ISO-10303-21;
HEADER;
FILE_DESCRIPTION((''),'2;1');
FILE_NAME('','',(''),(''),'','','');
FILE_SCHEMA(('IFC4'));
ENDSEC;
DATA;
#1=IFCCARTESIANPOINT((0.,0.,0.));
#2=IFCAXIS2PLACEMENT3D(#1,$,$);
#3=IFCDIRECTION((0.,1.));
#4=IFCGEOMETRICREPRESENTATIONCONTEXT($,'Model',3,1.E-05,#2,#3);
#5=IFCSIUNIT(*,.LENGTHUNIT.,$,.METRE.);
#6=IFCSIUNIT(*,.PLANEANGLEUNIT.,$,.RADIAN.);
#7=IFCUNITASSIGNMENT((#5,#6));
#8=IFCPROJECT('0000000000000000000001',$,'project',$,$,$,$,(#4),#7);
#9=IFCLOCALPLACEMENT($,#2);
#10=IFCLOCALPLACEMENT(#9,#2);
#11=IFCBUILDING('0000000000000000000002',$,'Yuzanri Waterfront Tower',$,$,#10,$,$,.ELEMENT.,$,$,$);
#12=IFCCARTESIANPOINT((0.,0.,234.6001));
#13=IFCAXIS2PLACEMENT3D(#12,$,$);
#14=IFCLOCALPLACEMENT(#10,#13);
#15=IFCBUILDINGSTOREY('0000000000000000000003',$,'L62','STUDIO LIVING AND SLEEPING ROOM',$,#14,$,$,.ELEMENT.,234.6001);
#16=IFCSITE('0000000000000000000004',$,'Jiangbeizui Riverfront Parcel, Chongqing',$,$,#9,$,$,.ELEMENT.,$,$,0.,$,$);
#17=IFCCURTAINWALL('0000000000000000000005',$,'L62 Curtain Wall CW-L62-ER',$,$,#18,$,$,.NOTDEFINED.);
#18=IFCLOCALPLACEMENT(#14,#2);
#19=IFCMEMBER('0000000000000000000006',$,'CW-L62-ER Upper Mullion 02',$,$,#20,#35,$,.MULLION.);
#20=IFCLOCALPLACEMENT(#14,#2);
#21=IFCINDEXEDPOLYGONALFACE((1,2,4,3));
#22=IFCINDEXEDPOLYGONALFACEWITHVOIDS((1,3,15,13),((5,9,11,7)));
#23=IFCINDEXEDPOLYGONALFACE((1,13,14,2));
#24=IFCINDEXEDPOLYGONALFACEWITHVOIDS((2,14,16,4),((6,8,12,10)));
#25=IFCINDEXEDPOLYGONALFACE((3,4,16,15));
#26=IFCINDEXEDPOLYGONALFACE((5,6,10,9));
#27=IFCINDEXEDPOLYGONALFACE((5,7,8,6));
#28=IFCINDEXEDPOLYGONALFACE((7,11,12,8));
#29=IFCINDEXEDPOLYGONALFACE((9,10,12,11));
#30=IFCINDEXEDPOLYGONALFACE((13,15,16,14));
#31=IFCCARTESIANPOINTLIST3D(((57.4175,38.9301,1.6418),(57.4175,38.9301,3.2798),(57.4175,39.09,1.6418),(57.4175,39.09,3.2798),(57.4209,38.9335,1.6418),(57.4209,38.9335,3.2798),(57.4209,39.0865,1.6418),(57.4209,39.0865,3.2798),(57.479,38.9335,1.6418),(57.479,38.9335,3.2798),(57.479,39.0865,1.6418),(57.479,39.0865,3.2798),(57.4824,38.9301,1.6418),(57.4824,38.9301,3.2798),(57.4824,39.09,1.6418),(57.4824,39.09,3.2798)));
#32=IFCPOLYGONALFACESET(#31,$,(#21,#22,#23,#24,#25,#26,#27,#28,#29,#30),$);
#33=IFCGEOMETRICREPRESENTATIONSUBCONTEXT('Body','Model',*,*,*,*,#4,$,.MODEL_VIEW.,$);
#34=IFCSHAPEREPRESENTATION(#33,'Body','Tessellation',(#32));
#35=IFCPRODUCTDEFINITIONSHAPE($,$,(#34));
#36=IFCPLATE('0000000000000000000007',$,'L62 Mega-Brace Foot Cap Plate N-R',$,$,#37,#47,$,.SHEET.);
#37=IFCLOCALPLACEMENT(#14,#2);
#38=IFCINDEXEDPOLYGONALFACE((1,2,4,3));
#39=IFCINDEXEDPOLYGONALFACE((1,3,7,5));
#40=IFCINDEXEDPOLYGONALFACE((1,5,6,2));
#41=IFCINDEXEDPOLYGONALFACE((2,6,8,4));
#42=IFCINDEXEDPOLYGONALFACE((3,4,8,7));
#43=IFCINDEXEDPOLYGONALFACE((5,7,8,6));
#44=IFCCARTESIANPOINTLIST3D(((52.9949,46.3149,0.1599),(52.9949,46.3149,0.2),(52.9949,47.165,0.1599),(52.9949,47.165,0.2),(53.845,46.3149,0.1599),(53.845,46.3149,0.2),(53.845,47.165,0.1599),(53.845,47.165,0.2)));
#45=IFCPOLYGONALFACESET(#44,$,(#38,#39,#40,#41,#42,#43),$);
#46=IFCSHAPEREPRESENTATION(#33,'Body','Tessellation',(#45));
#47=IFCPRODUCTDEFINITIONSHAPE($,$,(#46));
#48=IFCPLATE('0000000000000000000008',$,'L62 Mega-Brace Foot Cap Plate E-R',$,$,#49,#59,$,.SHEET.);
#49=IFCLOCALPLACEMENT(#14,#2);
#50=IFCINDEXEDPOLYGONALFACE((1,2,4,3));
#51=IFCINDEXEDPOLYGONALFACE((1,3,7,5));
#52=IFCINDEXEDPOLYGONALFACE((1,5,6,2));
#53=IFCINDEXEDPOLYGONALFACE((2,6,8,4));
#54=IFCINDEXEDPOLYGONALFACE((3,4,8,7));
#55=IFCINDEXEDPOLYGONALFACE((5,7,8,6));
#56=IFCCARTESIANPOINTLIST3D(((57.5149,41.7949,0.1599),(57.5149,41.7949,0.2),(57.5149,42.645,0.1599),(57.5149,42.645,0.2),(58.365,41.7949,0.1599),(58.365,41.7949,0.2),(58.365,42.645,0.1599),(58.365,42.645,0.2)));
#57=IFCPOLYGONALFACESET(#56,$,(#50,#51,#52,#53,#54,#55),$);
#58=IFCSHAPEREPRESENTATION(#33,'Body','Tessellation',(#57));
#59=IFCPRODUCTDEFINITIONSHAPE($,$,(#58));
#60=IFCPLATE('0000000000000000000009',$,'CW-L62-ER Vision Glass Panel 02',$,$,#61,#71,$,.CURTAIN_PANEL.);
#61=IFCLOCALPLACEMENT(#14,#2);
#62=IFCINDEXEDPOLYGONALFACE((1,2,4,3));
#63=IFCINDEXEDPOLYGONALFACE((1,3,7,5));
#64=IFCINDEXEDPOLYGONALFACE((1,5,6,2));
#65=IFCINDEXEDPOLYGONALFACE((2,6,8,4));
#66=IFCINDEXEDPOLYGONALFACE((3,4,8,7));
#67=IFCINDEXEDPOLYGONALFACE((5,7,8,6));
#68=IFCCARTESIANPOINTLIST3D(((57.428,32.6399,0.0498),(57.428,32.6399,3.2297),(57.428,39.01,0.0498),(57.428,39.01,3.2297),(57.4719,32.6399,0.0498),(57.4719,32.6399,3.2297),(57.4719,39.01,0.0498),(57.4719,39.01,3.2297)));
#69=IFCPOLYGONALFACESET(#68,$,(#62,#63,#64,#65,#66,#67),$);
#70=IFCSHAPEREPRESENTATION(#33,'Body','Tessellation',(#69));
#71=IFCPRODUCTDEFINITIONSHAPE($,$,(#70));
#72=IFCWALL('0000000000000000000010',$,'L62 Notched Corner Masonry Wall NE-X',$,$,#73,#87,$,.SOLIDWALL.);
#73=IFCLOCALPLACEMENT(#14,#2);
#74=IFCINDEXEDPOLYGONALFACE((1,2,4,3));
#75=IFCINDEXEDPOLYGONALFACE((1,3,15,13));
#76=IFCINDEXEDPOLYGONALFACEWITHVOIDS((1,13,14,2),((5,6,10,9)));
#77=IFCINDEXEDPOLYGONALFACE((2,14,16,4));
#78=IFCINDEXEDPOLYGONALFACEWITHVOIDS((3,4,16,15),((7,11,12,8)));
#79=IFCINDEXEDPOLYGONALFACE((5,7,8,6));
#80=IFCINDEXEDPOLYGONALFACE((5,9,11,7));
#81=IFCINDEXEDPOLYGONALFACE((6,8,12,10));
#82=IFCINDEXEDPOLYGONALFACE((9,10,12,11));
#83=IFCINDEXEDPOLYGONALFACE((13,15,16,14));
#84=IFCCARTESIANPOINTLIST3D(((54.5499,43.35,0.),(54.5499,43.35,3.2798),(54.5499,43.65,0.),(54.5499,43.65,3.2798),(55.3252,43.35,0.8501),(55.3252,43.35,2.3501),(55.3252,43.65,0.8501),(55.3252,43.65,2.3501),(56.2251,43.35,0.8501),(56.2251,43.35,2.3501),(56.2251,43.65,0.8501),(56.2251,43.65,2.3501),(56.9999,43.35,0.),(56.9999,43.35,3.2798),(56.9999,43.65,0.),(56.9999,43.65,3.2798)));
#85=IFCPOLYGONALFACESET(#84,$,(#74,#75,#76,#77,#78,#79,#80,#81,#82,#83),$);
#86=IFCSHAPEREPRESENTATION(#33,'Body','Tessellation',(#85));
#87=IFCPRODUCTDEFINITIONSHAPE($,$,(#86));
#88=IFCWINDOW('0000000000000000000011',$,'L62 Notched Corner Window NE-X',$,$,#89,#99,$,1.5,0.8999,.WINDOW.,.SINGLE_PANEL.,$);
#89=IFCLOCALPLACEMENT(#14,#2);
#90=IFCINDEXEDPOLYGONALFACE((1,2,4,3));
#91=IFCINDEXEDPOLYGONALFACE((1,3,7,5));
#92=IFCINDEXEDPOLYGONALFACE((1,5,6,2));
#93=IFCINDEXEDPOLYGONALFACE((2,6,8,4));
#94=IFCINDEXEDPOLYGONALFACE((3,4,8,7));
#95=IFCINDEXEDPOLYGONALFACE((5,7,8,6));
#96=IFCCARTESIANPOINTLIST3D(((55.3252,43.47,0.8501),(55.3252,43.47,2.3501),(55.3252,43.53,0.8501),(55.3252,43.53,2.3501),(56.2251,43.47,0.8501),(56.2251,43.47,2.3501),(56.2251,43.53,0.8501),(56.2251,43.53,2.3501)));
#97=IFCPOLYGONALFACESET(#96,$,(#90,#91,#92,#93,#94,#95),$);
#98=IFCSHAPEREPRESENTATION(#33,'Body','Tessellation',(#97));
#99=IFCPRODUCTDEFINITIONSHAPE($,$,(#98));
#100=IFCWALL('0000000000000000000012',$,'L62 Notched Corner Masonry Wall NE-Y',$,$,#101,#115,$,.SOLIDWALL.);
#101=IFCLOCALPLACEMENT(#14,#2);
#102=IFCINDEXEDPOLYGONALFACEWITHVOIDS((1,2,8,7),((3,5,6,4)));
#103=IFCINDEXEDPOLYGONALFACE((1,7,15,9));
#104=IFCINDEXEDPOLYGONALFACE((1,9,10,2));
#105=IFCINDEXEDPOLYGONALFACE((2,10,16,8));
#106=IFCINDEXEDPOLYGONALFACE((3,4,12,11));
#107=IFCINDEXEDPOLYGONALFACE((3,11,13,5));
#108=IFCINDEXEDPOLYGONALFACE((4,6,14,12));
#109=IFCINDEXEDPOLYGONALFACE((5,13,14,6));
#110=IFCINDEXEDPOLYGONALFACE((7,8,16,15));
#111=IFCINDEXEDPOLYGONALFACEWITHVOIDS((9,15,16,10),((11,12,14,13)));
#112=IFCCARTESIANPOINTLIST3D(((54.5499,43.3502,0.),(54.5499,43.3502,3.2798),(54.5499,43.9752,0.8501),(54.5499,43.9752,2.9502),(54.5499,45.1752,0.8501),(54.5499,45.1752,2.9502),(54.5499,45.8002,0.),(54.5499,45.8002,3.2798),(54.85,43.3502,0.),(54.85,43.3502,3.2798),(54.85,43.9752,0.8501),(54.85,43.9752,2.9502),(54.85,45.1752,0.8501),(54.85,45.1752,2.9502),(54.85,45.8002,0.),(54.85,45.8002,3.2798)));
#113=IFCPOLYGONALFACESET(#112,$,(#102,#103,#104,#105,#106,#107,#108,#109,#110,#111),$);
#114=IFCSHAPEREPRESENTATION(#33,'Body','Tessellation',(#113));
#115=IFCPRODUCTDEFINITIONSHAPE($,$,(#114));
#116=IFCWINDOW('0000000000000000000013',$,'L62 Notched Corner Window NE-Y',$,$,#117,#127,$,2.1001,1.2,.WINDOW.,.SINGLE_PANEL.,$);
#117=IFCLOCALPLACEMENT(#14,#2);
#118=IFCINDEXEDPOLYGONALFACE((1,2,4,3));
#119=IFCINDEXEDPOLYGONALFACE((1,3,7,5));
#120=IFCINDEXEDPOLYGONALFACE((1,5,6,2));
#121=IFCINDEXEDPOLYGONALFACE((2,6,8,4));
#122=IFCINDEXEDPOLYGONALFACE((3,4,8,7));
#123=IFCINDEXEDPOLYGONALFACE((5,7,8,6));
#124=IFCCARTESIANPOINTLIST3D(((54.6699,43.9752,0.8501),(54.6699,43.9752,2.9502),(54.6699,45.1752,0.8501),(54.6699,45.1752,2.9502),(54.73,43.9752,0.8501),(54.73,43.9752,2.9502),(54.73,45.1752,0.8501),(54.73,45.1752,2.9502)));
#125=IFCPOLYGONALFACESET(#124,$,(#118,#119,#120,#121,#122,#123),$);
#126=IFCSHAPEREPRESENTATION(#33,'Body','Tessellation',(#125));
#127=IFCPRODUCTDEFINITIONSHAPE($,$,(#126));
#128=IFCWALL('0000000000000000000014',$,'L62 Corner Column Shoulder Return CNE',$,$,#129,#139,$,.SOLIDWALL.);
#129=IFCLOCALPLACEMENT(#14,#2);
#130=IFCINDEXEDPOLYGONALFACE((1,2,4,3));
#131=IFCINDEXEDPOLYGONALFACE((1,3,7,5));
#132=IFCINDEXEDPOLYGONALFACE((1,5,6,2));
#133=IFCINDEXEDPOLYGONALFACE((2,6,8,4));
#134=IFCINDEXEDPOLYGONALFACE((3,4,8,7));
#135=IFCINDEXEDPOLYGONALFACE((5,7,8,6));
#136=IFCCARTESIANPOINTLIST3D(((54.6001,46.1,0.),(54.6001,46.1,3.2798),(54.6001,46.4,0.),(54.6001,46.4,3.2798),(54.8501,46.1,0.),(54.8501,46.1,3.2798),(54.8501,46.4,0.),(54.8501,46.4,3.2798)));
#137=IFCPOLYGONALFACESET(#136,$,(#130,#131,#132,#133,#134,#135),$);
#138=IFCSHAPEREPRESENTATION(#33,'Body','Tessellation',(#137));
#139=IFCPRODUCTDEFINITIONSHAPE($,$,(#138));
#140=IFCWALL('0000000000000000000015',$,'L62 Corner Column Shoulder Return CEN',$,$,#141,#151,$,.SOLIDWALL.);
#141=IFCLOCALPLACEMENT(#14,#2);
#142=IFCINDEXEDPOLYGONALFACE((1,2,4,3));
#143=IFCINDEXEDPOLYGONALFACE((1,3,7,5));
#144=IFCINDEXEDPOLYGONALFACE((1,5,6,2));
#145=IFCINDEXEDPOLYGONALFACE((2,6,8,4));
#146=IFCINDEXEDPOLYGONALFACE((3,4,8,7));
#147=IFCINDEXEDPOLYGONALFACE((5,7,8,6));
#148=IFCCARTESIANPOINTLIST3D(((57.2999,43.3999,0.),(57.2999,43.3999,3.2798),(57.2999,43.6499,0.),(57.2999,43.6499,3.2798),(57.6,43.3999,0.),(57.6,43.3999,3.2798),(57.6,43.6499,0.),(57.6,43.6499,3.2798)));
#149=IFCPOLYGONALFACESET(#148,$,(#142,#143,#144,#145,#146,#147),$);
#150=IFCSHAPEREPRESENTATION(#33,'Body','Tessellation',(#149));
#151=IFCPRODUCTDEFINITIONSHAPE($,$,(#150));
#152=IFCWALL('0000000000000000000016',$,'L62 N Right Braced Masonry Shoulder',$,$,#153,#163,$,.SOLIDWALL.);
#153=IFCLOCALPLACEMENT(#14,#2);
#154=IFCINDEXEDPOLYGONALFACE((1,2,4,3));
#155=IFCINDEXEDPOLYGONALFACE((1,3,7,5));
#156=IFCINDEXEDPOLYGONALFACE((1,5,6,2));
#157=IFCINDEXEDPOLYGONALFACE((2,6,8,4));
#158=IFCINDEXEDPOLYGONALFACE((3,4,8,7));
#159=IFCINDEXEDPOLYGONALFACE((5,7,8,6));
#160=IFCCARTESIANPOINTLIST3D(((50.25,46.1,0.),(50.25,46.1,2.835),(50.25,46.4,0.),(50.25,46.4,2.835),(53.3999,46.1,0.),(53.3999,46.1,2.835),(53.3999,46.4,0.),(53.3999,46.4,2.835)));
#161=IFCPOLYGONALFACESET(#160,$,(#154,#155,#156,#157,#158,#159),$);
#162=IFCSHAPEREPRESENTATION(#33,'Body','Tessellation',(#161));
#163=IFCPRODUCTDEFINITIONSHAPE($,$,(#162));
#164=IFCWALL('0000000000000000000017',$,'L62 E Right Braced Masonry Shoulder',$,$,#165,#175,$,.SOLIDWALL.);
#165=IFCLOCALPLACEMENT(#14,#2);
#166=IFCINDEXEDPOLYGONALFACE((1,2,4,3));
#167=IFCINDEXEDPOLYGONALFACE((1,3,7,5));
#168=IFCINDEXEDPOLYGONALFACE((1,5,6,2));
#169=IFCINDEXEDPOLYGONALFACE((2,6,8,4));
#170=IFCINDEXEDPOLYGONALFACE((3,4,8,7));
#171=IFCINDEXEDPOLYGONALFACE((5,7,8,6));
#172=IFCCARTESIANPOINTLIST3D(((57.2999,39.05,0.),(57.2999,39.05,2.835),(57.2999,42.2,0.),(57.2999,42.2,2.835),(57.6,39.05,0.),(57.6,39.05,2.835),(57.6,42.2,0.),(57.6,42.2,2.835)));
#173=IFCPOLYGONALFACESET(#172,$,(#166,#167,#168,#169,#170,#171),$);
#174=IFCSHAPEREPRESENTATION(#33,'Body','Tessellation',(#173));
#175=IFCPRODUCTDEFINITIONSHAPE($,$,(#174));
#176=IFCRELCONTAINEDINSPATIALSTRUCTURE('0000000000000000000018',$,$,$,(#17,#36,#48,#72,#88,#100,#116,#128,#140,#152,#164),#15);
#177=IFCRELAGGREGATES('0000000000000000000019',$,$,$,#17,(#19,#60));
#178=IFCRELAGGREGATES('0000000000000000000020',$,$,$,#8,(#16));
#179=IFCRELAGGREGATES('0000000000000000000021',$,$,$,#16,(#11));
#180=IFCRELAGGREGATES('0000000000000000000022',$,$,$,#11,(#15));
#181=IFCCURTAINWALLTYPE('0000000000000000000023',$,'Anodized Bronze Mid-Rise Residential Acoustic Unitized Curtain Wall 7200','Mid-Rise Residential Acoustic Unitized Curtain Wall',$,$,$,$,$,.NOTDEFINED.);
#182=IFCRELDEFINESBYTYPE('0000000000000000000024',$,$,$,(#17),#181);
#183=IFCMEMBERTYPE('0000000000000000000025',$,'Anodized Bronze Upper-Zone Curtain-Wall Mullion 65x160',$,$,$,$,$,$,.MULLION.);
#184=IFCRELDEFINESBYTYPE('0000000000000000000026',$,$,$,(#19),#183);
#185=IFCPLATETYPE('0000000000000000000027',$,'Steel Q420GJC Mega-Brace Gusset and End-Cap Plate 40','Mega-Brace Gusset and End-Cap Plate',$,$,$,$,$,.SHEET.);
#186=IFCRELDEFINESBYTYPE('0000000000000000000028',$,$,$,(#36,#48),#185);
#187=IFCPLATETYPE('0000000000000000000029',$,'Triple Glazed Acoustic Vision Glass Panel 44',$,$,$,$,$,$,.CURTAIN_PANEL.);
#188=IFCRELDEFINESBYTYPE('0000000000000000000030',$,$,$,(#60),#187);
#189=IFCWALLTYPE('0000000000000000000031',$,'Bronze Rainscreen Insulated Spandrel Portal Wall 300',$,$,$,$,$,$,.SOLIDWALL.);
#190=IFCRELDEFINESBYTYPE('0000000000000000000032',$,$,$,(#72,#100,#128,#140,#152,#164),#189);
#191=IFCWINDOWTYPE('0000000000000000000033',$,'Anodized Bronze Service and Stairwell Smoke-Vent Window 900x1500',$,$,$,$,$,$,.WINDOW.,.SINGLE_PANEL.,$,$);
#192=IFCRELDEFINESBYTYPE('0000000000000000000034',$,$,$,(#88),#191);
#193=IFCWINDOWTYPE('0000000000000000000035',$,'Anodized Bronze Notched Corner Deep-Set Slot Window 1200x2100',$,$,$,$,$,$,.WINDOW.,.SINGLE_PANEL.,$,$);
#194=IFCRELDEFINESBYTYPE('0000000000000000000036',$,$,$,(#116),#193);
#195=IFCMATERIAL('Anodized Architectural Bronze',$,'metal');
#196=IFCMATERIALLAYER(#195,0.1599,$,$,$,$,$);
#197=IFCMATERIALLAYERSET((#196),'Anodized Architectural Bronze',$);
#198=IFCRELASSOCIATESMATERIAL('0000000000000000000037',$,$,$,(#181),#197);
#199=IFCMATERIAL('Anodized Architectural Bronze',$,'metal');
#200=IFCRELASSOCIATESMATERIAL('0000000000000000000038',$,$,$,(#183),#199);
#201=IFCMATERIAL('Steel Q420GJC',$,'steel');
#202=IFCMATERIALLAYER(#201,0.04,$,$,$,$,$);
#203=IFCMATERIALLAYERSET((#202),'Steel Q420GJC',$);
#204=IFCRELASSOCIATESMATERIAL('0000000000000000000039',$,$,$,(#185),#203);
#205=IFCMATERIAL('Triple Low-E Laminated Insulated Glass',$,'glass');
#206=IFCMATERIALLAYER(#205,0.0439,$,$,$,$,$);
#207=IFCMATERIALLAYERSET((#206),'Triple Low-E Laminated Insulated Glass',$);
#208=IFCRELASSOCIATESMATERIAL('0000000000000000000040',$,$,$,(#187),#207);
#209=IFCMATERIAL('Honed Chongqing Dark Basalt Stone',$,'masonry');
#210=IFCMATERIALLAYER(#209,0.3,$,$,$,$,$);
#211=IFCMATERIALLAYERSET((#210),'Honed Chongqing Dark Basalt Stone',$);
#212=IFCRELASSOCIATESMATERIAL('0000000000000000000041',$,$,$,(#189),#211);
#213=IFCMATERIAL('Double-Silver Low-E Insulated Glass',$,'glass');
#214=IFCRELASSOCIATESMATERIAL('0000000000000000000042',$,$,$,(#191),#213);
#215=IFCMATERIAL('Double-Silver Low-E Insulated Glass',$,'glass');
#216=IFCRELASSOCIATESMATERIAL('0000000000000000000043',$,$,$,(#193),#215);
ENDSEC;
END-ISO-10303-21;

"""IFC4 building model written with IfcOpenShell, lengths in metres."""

from ifc_helpers import new_model, si_unit, direction, frame, frame_2d, origin, origin_2d, place, context, subcontext, project, spatial, rectangle, hollow_rectangle, extrude, source, transform, mapped, material, layer, layer_set, material_profile, profile_set, type_object, element, fill, aggregate, save


model = new_model("IFC4")

# Units and contexts
model_context = context("Model", 3, precision=1e-05, world=origin(), true_north=direction((0.0, 1.0)))
body_context = subcontext(model_context, "Body", "Model", "MODEL_VIEW")
ifc_project = project(units=[si_unit("LENGTHUNIT", "METRE"), si_unit("PLANEANGLEUNIT", "RADIAN")], contexts=[model_context])

# Site, building, storey
site_placement = place(None, origin())
site = spatial("IfcSite", under=ifc_project, at=site_placement, Name="Jiangbeizui Riverfront Parcel, Chongqing", CompositionType="ELEMENT", RefElevation=0.0)
building_placement = place(site_placement, origin())
building = spatial("IfcBuilding", under=site, at=building_placement, Name="Yuzanri Waterfront Tower", CompositionType="ELEMENT")
storey_placement = place(building_placement, frame((0.0, 0.0, 234.6001)))
storey = spatial("IfcBuildingStorey", under=building, at=storey_placement, Name="L62", Description="STUDIO LIVING AND SLEEPING ROOM", CompositionType="ELEMENT", Elevation=234.6001)

# Curtain wall, member
ifc_material_1 = material(Name="Anodized Architectural Bronze", Category="metal")
ifc_layer_1 = layer(ifc_material_1, 0.1599)
ifc_layer_set_1 = layer_set([ifc_layer_1], Name="Anodized Architectural Bronze")
curtain_wall_type = type_object("IfcCurtainWallType", Name="Anodized Bronze Mid-Rise Residential Acoustic Unitized Curtain Wall 7200", Description="Mid-Rise Residential Acoustic Unitized Curtain Wall", PredefinedType="NOTDEFINED", material=ifc_layer_set_1)
ifc_material_2 = material(Name="Anodized Architectural Bronze", Category="metal")
ifc_material_profile_1 = material_profile(ifc_material_2, hollow_rectangle(XDim=0.0649, YDim=0.1599, WallThickness=0.0034, at=origin_2d()), Name="CWM 65x160")
ifc_profile_set_1 = profile_set([ifc_material_profile_1], Name="Anodized Architectural Bronze")
member_type_1 = type_object("IfcMemberType", Name="Anodized Bronze Upper-Zone Curtain-Wall Mullion 65x160", PredefinedType="MULLION", material=ifc_profile_set_1)
shared_shape_1 = source(origin(), body_context, "Body", "SweptSolid", [
    extrude(hollow_rectangle(XDim=0.0649, YDim=0.1599, WallThickness=0.0034, at=origin_2d()), origin(), (0.0, 0.0, 1.0), 1.6379),
])
curtain_wall_1_placement = place(storey_placement, origin())
curtain_wall_1 = element("IfcCurtainWall", 1, at=curtain_wall_1_placement, inside=storey, type_object=curtain_wall_type, Name="L62 Curtain Wall CW-L62-ER", PredefinedType="NOTDEFINED")
member_1_placement = place(storey_placement, frame((57.45, 39.01, 1.6418), z_axis=(0.0, 0.0, 1.0), x_axis=(1.0, 0.0, 0.0)))
member_1 = element("IfcMember", 2, at=member_1_placement, type_object=member_type_1, Name="CW-L62-ER Upper Mullion 02", PredefinedType="MULLION", context=body_context, shape_type="MappedRepresentation", body=[
    mapped(shared_shape_1, transform((0.0, 0.0, 0.0), scale=1.0)),
])

# Plates
ifc_material_3 = material(Name="Steel Q420GJC", Category="steel")
ifc_layer_2 = layer(ifc_material_3, 0.04)
ifc_layer_set_2 = layer_set([ifc_layer_2], Name="Steel Q420GJC")
plate_type_1 = type_object("IfcPlateType", Name="Steel Q420GJC Mega-Brace Gusset and End-Cap Plate 40", Description="Mega-Brace Gusset and End-Cap Plate", PredefinedType="SHEET", material=ifc_layer_set_2)
shared_shape_2 = source(origin(), body_context, "Body", "SweptSolid", [
    extrude(rectangle(XDim=0.8501, YDim=0.8501, at=origin_2d()), origin(), (0.0, 0.0, 1.0), 0.04),
])
for number, where, z_axis, x_axis, name in (
    (3, (53.4199, 46.74, 0.1599), (0.0, 0.0, 1.0), (1.0, 0.0, 0.0), "L62 Mega-Brace Foot Cap Plate N-R"),
    (4, (57.9399, 42.22, 0.1599), (0.0, 0.0, 1.0), (1.0, 0.0, 0.0), "L62 Mega-Brace Foot Cap Plate E-R"),
):
    element("IfcPlate", number, at=place(storey_placement, frame(where, z_axis=z_axis, x_axis=x_axis)), inside=storey, type_object=plate_type_1, Name=name, PredefinedType="SHEET", context=body_context, shape_type="MappedRepresentation", body=[
        mapped(shared_shape_2, transform((0.0, 0.0, 0.0), scale=1.0)),
    ])

# Plate
ifc_material_4 = material(Name="Triple Low-E Laminated Insulated Glass", Category="glass")
ifc_layer_3 = layer(ifc_material_4, 0.0439)
ifc_layer_set_3 = layer_set([ifc_layer_3], Name="Triple Low-E Laminated Insulated Glass")
plate_type_2 = type_object("IfcPlateType", Name="Triple Glazed Acoustic Vision Glass Panel 44", PredefinedType="CURTAIN_PANEL", material=ifc_layer_set_3)
shared_shape_3 = source(origin(), body_context, "Body", "SweptSolid", [
    extrude(rectangle(XDim=6.3701, YDim=0.0439, at=origin_2d()), origin(), (0.0, 0.0, 1.0), 3.1799),
])
plate_placement = place(storey_placement, frame((57.45, 35.825, 0.0498), z_axis=(0.0, 0.0, 1.0), x_axis=(0.0, 1.0, 0.0)))
plate = element("IfcPlate", 5, at=plate_placement, type_object=plate_type_2, Name="CW-L62-ER Vision Glass Panel 02", PredefinedType="CURTAIN_PANEL", context=body_context, shape_type="MappedRepresentation", body=[
    mapped(shared_shape_3, transform((0.0, 0.0, 0.0), scale=1.0)),
])
aggregate(curtain_wall_1, [member_1, plate])

# Walls, openings, windows
ifc_material_5 = material(Name="Honed Chongqing Dark Basalt Stone", Category="masonry")
ifc_layer_4 = layer(ifc_material_5, 0.3)
ifc_layer_set_4 = layer_set([ifc_layer_4], Name="Honed Chongqing Dark Basalt Stone")
wall_type_1 = type_object("IfcWallType", Name="Bronze Rainscreen Insulated Spandrel Portal Wall 300", PredefinedType="SOLIDWALL", material=ifc_layer_set_4)
wall_1_placement = place(storey_placement, frame((57.0, 43.5, 0.0), z_axis=(0.0, 0.0, 1.0), x_axis=(-1.0, 0.0, 0.0)))
wall_1 = element("IfcWall", 6, at=wall_1_placement, inside=storey, type_object=wall_type_1, Name="L62 Notched Corner Masonry Wall NE-X", PredefinedType="SOLIDWALL", context=body_context, shape_type="SweptSolid", body=[
    extrude(rectangle(XDim=2.45, YDim=0.3, at=frame_2d((1.2251, 0.0))), origin(), (0.0, 0.0, 1.0), 3.2798),
])
opening_1_placement = place(wall_1_placement, frame((0.7749, 0.0, 0.8501)))
opening_1 = element("IfcOpeningElement", 7, at=opening_1_placement, cuts=wall_1, PredefinedType="OPENING", context=body_context, shape_type="SweptSolid", body=[
    extrude(rectangle(XDim=0.8999, YDim=1.5, at=frame_2d((0.45, 0.75))), frame((0.0, 0.165, 0.0), z_axis=(0.0, -1.0, 0.0), x_axis=(1.0, 0.0, 0.0)), (0.0, 0.0, 1.0), 0.3298),
])
ifc_material_6 = material(Name="Double-Silver Low-E Insulated Glass", Category="glass")
window_type_1 = type_object("IfcWindowType", Name="Anodized Bronze Service and Stairwell Smoke-Vent Window 900x1500", PartitioningType="SINGLE_PANEL", PredefinedType="WINDOW", material=ifc_material_6)
shared_shape_4 = source(origin(), body_context, "Body", "SweptSolid", [
    extrude(rectangle(XDim=0.8999, YDim=1.5, at=frame_2d((0.45, 0.75))), frame((0.0, 0.03, 0.0), z_axis=(0.0, -1.0, 0.0), x_axis=(1.0, 0.0, 0.0)), (0.0, 0.0, 1.0), 0.0601),
])
window_1_placement = place(opening_1_placement, origin())
window_1 = element("IfcWindow", 8, at=window_1_placement, inside=storey, type_object=window_type_1, Name="L62 Notched Corner Window NE-X", OverallHeight=1.5, OverallWidth=0.8999, PartitioningType="SINGLE_PANEL", PredefinedType="WINDOW", context=body_context, shape_type="MappedRepresentation", body=[
    mapped(shared_shape_4, transform((0.0, 0.0, 0.0), scale=1.0)),
])
fill(opening_1, window_1)
wall_2_placement = place(storey_placement, frame((54.7, 43.3501, 0.0), z_axis=(0.0, 0.0, 1.0), x_axis=(0.0, 1.0, 0.0)))
wall_2 = element("IfcWall", 9, at=wall_2_placement, inside=storey, type_object=wall_type_1, Name="L62 Notched Corner Masonry Wall NE-Y", PredefinedType="SOLIDWALL", context=body_context, shape_type="SweptSolid", body=[
    extrude(rectangle(XDim=2.45, YDim=0.3, at=frame_2d((1.2251, 0.0))), origin(), (0.0, 0.0, 1.0), 3.2798),
])
opening_2_placement = place(wall_2_placement, frame((0.625, 0.0, 0.8501)))
opening_2 = element("IfcOpeningElement", 10, at=opening_2_placement, cuts=wall_2, PredefinedType="OPENING", context=body_context, shape_type="SweptSolid", body=[
    extrude(rectangle(XDim=1.2, YDim=2.1001, at=frame_2d((0.6001, 1.05))), frame((0.0, 0.165, 0.0), z_axis=(0.0, -1.0, 0.0), x_axis=(1.0, 0.0, 0.0)), (0.0, 0.0, 1.0), 0.3298),
])
ifc_material_7 = material(Name="Double-Silver Low-E Insulated Glass", Category="glass")
window_type_2 = type_object("IfcWindowType", Name="Anodized Bronze Notched Corner Deep-Set Slot Window 1200x2100", PartitioningType="SINGLE_PANEL", PredefinedType="WINDOW", material=ifc_material_7)
shared_shape_5 = source(origin(), body_context, "Body", "SweptSolid", [
    extrude(rectangle(XDim=1.2, YDim=2.1001, at=frame_2d((0.6001, 1.05))), frame((0.0, 0.03, 0.0), z_axis=(0.0, -1.0, 0.0), x_axis=(1.0, 0.0, 0.0)), (0.0, 0.0, 1.0), 0.0601),
])
window_2_placement = place(opening_2_placement, origin())
window_2 = element("IfcWindow", 11, at=window_2_placement, inside=storey, type_object=window_type_2, Name="L62 Notched Corner Window NE-Y", OverallHeight=2.1001, OverallWidth=1.2, PartitioningType="SINGLE_PANEL", PredefinedType="WINDOW", context=body_context, shape_type="MappedRepresentation", body=[
    mapped(shared_shape_5, transform((0.0, 0.0, 0.0), scale=1.0)),
])
fill(opening_2, window_2)

# Walls
shared_shape_6 = source(origin(), body_context, "Body", "SweptSolid", [
    extrude(rectangle(XDim=0.25, YDim=0.3, at=frame_2d((0.125, 0.0))), origin(), (0.0, 0.0, 1.0), 3.2798),
])
for number, where, z_axis, x_axis, name in (
    (12, (54.6001, 46.25, 0.0), (0.0, 0.0, 1.0), (1.0, 0.0, 0.0), "L62 Corner Column Shoulder Return CNE"),
    (13, (57.45, 43.3999, 0.0), (0.0, 0.0, 1.0), (0.0, 1.0, 0.0), "L62 Corner Column Shoulder Return CEN"),
):
    element("IfcWall", number, at=place(storey_placement, frame(where, z_axis=z_axis, x_axis=x_axis)), inside=storey, type_object=wall_type_1, Name=name, PredefinedType="SOLIDWALL", context=body_context, shape_type="MappedRepresentation", body=[
        mapped(shared_shape_6, transform((0.0, 0.0, 0.0), scale=1.0)),
    ])
shared_shape_7 = source(origin(), body_context, "Body", "SweptSolid", [
    extrude(rectangle(XDim=3.1499, YDim=0.3, at=frame_2d((1.575, 0.0))), origin(), (0.0, 0.0, 1.0), 2.835),
])
for number, where, z_axis, x_axis, name in (
    (14, (50.25, 46.25, 0.0), (0.0, 0.0, 1.0), (1.0, 0.0, 0.0), "L62 N Right Braced Masonry Shoulder"),
    (15, (57.45, 39.05, 0.0), (0.0, 0.0, 1.0), (0.0, 1.0, 0.0), "L62 E Right Braced Masonry Shoulder"),
):
    element("IfcWall", number, at=place(storey_placement, frame(where, z_axis=z_axis, x_axis=x_axis)), inside=storey, type_object=wall_type_1, Name=name, PredefinedType="SOLIDWALL", context=body_context, shape_type="MappedRepresentation", body=[
        mapped(shared_shape_7, transform((0.0, 0.0, 0.0), scale=1.0)),
    ])

save(model, "model.ifc")
